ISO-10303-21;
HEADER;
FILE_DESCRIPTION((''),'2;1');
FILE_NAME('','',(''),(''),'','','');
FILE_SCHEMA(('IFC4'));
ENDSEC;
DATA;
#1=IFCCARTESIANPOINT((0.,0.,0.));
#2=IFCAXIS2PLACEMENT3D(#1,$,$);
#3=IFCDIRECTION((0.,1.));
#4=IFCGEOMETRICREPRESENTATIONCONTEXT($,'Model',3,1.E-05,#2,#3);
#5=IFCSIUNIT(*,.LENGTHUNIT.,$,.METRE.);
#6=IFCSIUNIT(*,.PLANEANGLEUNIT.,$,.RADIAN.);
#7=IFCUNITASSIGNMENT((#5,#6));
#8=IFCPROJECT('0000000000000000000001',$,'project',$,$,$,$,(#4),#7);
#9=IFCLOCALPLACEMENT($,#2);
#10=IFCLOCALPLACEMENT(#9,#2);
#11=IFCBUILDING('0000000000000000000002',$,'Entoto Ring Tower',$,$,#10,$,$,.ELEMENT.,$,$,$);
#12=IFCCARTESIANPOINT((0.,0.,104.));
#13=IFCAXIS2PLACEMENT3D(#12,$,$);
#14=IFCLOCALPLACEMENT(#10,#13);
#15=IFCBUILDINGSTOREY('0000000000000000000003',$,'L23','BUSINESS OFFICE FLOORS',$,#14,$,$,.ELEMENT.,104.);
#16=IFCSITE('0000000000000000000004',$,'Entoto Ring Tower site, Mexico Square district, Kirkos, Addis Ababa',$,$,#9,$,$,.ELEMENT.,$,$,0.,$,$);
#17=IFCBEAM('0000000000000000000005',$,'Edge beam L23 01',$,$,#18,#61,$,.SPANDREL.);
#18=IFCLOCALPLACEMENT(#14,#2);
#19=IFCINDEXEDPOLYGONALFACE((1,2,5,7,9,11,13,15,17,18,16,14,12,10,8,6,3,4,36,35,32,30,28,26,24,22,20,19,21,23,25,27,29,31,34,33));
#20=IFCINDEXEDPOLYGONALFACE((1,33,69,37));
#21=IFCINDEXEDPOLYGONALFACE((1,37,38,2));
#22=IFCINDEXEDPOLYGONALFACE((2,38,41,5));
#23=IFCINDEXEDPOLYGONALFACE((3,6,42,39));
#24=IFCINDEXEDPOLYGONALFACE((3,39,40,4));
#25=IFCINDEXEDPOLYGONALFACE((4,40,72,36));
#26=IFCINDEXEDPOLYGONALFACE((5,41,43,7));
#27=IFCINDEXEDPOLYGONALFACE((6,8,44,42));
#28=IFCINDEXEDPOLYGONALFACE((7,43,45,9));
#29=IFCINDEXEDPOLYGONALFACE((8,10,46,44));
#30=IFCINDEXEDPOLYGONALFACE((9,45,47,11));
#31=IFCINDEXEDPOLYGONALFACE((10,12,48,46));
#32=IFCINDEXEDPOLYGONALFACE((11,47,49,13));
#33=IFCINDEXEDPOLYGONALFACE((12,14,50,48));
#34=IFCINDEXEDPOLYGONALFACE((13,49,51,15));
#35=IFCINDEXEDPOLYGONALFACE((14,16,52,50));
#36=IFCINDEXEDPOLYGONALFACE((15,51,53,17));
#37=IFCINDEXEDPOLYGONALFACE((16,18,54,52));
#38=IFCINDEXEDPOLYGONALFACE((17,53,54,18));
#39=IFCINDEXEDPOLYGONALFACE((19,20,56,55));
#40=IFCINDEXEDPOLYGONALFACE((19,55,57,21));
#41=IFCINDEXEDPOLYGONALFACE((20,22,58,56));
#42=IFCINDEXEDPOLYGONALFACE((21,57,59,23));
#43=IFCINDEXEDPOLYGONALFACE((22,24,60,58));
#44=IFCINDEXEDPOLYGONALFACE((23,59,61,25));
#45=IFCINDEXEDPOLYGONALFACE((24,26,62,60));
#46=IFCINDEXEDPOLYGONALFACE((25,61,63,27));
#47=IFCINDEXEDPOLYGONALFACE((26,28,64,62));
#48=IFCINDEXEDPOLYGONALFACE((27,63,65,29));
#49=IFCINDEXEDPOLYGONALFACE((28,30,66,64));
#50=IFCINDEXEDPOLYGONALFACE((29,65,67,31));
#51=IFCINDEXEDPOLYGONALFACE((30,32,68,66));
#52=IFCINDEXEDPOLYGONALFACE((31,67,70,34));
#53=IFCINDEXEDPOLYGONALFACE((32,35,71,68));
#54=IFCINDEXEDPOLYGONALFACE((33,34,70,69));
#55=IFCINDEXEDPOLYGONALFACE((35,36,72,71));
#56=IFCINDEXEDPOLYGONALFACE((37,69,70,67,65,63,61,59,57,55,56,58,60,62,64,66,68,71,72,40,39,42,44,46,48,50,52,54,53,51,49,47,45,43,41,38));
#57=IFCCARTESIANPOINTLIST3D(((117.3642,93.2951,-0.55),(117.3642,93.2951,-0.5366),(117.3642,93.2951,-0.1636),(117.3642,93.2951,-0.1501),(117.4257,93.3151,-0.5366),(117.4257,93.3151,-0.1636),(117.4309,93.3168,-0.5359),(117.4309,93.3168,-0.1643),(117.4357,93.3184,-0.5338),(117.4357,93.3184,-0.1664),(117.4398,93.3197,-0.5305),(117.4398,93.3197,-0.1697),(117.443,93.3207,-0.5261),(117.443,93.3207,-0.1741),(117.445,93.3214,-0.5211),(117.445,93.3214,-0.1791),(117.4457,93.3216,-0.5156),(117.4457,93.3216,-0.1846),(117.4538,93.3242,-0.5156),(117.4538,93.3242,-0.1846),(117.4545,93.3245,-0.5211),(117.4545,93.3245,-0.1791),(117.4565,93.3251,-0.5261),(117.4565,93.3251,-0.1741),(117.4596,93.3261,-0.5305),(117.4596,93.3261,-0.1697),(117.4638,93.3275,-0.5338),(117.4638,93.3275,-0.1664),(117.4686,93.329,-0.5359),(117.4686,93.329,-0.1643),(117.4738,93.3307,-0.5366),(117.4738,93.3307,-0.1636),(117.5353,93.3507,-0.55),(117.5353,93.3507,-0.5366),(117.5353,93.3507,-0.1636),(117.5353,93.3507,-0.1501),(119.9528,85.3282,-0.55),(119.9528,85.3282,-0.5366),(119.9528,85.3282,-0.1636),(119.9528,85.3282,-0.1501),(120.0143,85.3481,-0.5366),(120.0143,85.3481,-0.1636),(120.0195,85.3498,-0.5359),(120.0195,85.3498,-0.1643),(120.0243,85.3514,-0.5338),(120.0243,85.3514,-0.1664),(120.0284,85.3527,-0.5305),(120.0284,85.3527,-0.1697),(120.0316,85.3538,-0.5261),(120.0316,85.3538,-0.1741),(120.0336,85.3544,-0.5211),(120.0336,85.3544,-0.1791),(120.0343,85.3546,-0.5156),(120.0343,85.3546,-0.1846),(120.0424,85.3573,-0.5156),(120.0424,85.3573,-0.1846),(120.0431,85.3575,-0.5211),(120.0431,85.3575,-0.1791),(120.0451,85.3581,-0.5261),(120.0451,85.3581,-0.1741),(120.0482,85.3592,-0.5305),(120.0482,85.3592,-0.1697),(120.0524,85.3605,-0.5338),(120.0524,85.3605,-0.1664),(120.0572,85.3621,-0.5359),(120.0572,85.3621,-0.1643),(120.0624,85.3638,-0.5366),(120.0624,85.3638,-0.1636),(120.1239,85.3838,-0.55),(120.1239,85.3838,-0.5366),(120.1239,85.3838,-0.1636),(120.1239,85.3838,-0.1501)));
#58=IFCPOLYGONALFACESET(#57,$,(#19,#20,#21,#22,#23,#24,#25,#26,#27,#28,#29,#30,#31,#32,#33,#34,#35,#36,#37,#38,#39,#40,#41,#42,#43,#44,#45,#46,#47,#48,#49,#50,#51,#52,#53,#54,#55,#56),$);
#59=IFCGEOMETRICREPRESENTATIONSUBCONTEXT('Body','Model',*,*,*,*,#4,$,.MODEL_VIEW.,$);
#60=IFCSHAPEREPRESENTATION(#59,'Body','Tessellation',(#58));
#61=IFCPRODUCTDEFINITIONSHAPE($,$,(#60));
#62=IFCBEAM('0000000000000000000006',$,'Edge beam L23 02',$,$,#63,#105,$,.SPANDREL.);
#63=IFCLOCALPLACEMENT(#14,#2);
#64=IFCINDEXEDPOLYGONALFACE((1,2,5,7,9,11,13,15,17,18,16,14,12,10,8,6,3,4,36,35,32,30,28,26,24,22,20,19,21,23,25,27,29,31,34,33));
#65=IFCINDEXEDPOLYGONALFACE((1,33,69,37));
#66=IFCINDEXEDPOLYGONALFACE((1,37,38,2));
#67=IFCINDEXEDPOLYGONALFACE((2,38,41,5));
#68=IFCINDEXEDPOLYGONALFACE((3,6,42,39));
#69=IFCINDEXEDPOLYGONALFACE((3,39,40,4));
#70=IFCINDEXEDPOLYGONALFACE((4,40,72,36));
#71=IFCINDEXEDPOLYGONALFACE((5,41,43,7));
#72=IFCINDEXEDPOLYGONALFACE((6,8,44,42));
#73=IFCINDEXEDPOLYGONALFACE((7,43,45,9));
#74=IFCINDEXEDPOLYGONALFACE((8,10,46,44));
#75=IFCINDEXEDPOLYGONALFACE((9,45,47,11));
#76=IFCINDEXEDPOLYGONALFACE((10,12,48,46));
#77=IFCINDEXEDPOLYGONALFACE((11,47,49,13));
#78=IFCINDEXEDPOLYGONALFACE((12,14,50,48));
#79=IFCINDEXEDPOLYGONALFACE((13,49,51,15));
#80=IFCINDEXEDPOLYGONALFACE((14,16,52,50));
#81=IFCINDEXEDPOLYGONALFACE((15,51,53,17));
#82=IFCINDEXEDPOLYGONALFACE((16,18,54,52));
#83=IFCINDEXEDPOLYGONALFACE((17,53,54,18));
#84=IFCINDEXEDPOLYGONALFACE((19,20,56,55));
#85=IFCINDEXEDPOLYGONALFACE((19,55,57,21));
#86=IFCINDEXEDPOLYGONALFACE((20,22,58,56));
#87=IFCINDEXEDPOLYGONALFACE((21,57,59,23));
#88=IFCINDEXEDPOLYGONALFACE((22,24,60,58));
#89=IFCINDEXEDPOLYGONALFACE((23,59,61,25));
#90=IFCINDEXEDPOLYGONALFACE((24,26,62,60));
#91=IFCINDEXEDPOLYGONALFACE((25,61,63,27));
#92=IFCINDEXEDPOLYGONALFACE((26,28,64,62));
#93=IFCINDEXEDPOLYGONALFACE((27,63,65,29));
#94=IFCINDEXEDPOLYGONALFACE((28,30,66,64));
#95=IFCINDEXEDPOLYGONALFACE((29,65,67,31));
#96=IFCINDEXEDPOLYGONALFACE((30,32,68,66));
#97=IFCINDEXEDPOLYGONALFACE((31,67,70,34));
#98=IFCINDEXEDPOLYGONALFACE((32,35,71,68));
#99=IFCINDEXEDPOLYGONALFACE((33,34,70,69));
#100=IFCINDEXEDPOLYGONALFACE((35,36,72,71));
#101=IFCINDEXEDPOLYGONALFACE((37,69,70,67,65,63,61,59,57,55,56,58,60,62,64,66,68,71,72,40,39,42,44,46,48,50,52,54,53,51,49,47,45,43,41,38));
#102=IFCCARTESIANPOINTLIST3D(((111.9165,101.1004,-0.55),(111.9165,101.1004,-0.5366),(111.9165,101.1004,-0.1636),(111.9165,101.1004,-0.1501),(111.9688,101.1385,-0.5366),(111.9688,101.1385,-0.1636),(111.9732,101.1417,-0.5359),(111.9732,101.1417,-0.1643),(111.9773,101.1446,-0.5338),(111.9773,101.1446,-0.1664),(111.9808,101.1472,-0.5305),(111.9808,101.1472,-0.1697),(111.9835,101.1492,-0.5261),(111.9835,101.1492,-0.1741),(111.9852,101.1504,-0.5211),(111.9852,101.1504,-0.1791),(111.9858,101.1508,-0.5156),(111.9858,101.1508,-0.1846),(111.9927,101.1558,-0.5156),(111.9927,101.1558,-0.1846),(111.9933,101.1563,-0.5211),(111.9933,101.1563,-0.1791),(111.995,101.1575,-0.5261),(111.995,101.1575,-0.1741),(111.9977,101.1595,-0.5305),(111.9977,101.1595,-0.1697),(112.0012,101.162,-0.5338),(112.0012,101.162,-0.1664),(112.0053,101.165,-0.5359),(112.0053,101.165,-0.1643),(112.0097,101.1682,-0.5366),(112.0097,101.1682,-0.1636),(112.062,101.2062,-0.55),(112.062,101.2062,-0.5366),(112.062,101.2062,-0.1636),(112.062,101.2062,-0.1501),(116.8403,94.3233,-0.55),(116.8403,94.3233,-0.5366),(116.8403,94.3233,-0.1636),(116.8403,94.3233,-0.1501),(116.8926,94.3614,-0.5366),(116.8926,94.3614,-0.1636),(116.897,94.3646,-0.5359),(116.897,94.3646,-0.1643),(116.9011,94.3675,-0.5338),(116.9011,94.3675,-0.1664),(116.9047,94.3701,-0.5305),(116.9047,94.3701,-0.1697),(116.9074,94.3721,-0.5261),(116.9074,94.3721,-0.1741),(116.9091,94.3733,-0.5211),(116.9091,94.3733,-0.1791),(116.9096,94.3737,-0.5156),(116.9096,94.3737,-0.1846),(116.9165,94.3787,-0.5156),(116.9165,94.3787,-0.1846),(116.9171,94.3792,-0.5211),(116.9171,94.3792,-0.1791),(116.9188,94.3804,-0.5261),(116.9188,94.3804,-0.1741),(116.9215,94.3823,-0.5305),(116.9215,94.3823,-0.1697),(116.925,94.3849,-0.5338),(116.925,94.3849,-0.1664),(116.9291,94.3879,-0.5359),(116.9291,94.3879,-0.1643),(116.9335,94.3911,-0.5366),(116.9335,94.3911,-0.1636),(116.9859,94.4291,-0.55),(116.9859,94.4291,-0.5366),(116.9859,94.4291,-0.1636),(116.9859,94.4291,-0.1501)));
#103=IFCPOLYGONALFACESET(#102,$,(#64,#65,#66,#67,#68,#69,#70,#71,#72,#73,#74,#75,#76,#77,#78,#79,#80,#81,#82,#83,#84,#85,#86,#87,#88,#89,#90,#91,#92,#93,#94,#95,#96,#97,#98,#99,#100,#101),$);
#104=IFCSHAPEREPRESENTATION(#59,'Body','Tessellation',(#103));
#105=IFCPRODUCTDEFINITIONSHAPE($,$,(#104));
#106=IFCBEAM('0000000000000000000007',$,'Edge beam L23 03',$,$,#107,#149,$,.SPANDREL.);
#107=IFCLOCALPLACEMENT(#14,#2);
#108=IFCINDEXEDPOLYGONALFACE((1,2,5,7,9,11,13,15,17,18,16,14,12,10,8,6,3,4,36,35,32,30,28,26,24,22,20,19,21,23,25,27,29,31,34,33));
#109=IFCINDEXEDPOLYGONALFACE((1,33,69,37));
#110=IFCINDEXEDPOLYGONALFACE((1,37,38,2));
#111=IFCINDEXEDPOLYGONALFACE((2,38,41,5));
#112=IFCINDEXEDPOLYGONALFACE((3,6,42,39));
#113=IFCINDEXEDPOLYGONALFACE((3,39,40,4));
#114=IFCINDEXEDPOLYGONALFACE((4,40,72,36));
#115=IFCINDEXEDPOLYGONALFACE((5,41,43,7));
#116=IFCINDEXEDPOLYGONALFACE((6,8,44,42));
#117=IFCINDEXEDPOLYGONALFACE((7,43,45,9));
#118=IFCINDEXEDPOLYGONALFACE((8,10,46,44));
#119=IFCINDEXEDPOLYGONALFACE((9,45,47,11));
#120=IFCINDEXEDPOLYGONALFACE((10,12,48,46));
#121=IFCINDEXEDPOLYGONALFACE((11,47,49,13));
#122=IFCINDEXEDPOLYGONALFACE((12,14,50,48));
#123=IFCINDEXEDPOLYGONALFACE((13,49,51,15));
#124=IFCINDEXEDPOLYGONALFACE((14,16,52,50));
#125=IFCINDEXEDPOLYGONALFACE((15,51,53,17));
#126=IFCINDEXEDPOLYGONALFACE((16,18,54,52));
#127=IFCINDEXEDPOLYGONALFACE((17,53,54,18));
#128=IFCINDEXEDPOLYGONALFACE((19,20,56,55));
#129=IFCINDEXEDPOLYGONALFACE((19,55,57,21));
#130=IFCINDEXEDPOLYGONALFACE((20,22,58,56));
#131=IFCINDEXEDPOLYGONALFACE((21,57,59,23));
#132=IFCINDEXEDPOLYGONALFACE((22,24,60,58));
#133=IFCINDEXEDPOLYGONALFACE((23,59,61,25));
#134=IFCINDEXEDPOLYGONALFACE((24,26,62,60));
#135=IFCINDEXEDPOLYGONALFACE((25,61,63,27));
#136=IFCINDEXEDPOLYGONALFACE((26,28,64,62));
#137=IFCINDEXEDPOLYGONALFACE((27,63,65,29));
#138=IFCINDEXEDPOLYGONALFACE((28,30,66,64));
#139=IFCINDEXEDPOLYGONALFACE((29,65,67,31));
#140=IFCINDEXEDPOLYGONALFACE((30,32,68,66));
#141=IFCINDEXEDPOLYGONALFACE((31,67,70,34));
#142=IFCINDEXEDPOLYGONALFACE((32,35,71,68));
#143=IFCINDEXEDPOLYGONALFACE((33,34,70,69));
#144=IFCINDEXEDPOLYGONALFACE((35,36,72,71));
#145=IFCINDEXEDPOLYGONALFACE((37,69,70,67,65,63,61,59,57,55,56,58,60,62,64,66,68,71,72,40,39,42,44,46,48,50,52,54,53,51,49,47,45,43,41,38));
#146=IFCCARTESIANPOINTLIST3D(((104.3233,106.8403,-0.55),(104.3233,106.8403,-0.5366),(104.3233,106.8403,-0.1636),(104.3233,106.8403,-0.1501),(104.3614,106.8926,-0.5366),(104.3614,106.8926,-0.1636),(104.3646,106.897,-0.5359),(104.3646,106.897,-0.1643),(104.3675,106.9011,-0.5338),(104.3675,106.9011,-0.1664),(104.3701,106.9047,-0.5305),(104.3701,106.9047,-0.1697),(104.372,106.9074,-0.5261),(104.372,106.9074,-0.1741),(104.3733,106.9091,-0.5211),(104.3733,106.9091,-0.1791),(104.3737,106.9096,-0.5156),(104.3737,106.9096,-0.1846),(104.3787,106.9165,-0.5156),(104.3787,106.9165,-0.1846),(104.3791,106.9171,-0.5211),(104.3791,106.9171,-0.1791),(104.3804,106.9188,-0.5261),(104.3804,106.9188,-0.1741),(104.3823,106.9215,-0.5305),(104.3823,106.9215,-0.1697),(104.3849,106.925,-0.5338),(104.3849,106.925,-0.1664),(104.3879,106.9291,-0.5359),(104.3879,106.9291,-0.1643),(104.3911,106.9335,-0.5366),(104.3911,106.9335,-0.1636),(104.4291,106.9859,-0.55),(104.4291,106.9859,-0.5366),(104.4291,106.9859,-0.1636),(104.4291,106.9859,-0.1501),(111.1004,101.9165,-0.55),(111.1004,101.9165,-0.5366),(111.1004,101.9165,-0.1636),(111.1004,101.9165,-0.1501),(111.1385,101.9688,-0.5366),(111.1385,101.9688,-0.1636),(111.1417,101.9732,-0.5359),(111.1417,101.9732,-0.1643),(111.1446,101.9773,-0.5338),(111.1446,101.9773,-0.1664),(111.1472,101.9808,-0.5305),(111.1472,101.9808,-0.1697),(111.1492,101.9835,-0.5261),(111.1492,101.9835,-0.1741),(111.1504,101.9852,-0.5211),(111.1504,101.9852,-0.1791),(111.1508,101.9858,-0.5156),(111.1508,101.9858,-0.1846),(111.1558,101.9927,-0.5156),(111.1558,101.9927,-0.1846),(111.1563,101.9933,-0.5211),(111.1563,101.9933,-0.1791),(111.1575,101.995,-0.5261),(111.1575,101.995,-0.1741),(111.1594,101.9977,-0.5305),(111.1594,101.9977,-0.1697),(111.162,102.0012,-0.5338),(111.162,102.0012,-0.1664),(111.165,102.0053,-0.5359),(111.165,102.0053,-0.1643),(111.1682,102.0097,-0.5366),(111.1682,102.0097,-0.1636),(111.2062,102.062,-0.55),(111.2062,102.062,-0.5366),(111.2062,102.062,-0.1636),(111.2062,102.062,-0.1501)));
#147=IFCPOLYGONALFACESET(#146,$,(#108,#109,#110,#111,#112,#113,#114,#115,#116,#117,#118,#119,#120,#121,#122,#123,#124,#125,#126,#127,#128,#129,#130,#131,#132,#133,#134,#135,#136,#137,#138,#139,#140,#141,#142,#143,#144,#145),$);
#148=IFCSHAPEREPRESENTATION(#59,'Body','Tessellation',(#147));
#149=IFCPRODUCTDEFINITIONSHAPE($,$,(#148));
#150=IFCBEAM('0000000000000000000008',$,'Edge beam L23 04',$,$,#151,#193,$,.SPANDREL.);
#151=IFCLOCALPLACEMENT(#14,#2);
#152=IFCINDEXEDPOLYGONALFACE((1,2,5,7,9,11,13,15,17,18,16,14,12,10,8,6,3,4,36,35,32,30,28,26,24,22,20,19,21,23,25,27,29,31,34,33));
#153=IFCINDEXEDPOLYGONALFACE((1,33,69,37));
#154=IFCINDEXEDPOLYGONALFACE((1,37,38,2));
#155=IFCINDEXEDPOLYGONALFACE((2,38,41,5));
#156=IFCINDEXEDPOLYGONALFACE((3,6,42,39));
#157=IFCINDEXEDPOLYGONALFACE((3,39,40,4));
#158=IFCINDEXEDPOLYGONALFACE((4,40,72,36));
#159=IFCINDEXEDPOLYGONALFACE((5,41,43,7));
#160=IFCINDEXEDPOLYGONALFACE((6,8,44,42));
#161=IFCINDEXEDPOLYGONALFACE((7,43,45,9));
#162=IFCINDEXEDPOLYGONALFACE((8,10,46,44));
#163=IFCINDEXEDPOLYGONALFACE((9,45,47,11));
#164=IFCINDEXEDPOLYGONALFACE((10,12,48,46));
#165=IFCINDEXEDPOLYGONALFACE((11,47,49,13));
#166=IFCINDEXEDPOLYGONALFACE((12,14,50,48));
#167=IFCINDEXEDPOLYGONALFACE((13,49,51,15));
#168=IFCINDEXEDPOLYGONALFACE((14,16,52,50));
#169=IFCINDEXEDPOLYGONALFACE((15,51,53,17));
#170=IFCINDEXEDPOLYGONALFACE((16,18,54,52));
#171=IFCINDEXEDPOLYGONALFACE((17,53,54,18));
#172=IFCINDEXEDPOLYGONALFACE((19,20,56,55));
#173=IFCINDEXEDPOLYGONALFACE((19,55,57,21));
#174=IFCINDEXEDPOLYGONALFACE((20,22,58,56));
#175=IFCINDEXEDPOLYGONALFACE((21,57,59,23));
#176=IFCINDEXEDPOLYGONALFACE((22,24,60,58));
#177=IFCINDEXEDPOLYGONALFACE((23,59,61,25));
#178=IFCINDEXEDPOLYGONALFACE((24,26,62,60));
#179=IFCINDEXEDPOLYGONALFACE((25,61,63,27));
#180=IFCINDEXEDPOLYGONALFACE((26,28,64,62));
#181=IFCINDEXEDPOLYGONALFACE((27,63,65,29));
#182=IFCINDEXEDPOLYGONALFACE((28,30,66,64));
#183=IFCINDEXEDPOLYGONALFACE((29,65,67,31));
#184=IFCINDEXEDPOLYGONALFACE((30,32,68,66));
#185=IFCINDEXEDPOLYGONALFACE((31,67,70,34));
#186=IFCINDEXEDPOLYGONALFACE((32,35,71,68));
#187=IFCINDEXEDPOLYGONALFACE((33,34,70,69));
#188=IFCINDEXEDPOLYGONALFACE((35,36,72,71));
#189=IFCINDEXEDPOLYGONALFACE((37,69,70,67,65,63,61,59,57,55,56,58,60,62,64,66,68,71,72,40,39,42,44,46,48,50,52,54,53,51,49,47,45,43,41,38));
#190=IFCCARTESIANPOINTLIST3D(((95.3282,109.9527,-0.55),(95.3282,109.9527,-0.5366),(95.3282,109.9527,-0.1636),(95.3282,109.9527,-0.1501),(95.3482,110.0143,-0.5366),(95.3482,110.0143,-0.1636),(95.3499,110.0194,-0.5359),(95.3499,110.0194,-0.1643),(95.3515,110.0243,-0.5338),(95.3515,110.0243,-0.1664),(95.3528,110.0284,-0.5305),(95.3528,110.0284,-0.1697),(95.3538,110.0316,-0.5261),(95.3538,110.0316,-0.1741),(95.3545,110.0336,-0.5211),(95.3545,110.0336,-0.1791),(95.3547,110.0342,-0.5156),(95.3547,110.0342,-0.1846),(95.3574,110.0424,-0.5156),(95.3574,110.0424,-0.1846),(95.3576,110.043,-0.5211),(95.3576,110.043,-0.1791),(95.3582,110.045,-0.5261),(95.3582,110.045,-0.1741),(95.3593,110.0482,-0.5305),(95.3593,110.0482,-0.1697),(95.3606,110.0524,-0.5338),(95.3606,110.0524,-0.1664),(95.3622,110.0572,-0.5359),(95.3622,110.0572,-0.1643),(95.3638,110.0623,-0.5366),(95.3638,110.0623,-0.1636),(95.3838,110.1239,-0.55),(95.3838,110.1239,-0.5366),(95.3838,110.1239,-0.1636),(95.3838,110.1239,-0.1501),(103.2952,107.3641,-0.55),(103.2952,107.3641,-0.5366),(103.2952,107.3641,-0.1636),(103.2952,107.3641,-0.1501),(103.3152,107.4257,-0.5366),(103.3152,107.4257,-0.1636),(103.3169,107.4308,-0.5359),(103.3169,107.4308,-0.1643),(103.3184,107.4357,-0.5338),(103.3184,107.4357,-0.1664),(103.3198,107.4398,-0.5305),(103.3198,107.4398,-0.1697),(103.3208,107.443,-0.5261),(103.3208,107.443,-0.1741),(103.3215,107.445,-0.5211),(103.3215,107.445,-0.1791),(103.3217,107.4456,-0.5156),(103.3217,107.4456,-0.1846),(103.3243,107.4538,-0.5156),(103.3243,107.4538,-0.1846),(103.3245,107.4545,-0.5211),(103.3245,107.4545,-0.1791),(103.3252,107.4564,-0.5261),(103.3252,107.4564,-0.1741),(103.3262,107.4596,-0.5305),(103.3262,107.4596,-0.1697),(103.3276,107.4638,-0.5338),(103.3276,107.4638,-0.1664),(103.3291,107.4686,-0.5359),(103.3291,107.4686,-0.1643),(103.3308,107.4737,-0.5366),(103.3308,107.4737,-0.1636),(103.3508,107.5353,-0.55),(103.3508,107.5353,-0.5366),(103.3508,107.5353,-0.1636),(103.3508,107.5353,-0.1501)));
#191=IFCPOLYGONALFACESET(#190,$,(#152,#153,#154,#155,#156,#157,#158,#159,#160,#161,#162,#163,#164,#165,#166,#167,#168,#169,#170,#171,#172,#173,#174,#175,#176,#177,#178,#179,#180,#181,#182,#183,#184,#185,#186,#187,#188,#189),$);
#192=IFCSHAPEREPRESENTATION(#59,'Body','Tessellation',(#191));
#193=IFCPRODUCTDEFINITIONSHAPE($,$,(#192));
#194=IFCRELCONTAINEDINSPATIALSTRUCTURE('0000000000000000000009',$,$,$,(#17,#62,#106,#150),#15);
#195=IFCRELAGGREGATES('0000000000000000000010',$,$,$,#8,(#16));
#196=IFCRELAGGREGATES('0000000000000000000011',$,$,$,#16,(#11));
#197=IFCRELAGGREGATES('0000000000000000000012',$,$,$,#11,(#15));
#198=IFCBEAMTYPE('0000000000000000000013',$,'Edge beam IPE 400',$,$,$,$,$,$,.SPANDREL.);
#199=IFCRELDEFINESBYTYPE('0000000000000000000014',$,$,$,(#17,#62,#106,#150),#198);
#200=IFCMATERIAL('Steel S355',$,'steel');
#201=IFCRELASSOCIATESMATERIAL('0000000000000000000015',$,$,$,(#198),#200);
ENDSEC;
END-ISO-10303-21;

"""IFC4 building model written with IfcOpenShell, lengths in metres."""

from ifc_helpers import new_model, si_unit, direction, frame, origin, origin_2d, place, context, subcontext, project, spatial, i_section, extrude, material, material_profile, profile_set, type_object, element, save


model = new_model("IFC4")

# Units and contexts
model_context = context("Model", 3, precision=1e-05, world=origin(), true_north=direction((0.0, 1.0)))
body_context = subcontext(model_context, "Body", "Model", "MODEL_VIEW")
ifc_project = project(units=[si_unit("LENGTHUNIT", "METRE"), si_unit("PLANEANGLEUNIT", "RADIAN")], contexts=[model_context])

# Site, building, storey
site_placement = place(None, origin())
site = spatial("IfcSite", under=ifc_project, at=site_placement, Name="Entoto Ring Tower site, Mexico Square district, Kirkos, Addis Ababa", CompositionType="ELEMENT", RefElevation=0.0)
building_placement = place(site_placement, origin())
building = spatial("IfcBuilding", under=site, at=building_placement, Name="Entoto Ring Tower", CompositionType="ELEMENT")
storey_placement = place(building_placement, frame((0.0, 0.0, 104.0)))
storey = spatial("IfcBuildingStorey", under=building, at=storey_placement, Name="L23", Description="BUSINESS OFFICE FLOORS", CompositionType="ELEMENT", Elevation=104.0)

# Beams
ifc_material_1 = material(Name="Steel S355", Category="steel")
ifc_material_profile_1 = material_profile(ifc_material_1, i_section(OverallWidth=0.1799, OverallDepth=0.3999, WebThickness=0.0085, FlangeThickness=0.0134, FilletRadius=0.021, at=origin_2d()), Name="IPE 400")
ifc_profile_set_1 = profile_set([ifc_material_profile_1], Name="Steel S355")
beam_type_1 = type_object("IfcBeamType", Name="Edge beam IPE 400", PredefinedType="SPANDREL", material=ifc_profile_set_1)
for number, where, z_axis, x_axis, name in (
    (1, (120.0383, 85.356, -0.3501), (-0.309014, 0.951057, 0.0), (-0.951057, -0.309014, 0.0), "Edge beam L23 01"),
    (2, (116.9131, 94.3762, -0.3501), (-0.587783, 0.809018, 0.0), (-0.809018, -0.587783, 0.0), "Edge beam L23 02"),
    (3, (111.1533, 101.9893, -0.3501), (-0.809018, 0.587783, 0.0), (-0.587783, -0.809018, 0.0), "Edge beam L23 03"),
    (4, (103.323, 107.4497, -0.3501), (-0.951057, 0.309014, 0.0), (-0.309014, -0.951057, 0.0), "Edge beam L23 04"),
):
    element("IfcBeam", number, at=place(storey_placement, frame(where, z_axis=z_axis, x_axis=x_axis)), inside=storey, type_object=beam_type_1, Name=name, PredefinedType="SPANDREL", context=body_context, shape_type="SweptSolid", body=[
        extrude(i_section(OverallWidth=0.1799, OverallDepth=0.3999, WebThickness=0.0085, FlangeThickness=0.0134, FilletRadius=0.021, at=origin_2d()), origin(), (0.0, 0.0, 1.0), 8.377),
    ])

save(model, "model.ifc")
